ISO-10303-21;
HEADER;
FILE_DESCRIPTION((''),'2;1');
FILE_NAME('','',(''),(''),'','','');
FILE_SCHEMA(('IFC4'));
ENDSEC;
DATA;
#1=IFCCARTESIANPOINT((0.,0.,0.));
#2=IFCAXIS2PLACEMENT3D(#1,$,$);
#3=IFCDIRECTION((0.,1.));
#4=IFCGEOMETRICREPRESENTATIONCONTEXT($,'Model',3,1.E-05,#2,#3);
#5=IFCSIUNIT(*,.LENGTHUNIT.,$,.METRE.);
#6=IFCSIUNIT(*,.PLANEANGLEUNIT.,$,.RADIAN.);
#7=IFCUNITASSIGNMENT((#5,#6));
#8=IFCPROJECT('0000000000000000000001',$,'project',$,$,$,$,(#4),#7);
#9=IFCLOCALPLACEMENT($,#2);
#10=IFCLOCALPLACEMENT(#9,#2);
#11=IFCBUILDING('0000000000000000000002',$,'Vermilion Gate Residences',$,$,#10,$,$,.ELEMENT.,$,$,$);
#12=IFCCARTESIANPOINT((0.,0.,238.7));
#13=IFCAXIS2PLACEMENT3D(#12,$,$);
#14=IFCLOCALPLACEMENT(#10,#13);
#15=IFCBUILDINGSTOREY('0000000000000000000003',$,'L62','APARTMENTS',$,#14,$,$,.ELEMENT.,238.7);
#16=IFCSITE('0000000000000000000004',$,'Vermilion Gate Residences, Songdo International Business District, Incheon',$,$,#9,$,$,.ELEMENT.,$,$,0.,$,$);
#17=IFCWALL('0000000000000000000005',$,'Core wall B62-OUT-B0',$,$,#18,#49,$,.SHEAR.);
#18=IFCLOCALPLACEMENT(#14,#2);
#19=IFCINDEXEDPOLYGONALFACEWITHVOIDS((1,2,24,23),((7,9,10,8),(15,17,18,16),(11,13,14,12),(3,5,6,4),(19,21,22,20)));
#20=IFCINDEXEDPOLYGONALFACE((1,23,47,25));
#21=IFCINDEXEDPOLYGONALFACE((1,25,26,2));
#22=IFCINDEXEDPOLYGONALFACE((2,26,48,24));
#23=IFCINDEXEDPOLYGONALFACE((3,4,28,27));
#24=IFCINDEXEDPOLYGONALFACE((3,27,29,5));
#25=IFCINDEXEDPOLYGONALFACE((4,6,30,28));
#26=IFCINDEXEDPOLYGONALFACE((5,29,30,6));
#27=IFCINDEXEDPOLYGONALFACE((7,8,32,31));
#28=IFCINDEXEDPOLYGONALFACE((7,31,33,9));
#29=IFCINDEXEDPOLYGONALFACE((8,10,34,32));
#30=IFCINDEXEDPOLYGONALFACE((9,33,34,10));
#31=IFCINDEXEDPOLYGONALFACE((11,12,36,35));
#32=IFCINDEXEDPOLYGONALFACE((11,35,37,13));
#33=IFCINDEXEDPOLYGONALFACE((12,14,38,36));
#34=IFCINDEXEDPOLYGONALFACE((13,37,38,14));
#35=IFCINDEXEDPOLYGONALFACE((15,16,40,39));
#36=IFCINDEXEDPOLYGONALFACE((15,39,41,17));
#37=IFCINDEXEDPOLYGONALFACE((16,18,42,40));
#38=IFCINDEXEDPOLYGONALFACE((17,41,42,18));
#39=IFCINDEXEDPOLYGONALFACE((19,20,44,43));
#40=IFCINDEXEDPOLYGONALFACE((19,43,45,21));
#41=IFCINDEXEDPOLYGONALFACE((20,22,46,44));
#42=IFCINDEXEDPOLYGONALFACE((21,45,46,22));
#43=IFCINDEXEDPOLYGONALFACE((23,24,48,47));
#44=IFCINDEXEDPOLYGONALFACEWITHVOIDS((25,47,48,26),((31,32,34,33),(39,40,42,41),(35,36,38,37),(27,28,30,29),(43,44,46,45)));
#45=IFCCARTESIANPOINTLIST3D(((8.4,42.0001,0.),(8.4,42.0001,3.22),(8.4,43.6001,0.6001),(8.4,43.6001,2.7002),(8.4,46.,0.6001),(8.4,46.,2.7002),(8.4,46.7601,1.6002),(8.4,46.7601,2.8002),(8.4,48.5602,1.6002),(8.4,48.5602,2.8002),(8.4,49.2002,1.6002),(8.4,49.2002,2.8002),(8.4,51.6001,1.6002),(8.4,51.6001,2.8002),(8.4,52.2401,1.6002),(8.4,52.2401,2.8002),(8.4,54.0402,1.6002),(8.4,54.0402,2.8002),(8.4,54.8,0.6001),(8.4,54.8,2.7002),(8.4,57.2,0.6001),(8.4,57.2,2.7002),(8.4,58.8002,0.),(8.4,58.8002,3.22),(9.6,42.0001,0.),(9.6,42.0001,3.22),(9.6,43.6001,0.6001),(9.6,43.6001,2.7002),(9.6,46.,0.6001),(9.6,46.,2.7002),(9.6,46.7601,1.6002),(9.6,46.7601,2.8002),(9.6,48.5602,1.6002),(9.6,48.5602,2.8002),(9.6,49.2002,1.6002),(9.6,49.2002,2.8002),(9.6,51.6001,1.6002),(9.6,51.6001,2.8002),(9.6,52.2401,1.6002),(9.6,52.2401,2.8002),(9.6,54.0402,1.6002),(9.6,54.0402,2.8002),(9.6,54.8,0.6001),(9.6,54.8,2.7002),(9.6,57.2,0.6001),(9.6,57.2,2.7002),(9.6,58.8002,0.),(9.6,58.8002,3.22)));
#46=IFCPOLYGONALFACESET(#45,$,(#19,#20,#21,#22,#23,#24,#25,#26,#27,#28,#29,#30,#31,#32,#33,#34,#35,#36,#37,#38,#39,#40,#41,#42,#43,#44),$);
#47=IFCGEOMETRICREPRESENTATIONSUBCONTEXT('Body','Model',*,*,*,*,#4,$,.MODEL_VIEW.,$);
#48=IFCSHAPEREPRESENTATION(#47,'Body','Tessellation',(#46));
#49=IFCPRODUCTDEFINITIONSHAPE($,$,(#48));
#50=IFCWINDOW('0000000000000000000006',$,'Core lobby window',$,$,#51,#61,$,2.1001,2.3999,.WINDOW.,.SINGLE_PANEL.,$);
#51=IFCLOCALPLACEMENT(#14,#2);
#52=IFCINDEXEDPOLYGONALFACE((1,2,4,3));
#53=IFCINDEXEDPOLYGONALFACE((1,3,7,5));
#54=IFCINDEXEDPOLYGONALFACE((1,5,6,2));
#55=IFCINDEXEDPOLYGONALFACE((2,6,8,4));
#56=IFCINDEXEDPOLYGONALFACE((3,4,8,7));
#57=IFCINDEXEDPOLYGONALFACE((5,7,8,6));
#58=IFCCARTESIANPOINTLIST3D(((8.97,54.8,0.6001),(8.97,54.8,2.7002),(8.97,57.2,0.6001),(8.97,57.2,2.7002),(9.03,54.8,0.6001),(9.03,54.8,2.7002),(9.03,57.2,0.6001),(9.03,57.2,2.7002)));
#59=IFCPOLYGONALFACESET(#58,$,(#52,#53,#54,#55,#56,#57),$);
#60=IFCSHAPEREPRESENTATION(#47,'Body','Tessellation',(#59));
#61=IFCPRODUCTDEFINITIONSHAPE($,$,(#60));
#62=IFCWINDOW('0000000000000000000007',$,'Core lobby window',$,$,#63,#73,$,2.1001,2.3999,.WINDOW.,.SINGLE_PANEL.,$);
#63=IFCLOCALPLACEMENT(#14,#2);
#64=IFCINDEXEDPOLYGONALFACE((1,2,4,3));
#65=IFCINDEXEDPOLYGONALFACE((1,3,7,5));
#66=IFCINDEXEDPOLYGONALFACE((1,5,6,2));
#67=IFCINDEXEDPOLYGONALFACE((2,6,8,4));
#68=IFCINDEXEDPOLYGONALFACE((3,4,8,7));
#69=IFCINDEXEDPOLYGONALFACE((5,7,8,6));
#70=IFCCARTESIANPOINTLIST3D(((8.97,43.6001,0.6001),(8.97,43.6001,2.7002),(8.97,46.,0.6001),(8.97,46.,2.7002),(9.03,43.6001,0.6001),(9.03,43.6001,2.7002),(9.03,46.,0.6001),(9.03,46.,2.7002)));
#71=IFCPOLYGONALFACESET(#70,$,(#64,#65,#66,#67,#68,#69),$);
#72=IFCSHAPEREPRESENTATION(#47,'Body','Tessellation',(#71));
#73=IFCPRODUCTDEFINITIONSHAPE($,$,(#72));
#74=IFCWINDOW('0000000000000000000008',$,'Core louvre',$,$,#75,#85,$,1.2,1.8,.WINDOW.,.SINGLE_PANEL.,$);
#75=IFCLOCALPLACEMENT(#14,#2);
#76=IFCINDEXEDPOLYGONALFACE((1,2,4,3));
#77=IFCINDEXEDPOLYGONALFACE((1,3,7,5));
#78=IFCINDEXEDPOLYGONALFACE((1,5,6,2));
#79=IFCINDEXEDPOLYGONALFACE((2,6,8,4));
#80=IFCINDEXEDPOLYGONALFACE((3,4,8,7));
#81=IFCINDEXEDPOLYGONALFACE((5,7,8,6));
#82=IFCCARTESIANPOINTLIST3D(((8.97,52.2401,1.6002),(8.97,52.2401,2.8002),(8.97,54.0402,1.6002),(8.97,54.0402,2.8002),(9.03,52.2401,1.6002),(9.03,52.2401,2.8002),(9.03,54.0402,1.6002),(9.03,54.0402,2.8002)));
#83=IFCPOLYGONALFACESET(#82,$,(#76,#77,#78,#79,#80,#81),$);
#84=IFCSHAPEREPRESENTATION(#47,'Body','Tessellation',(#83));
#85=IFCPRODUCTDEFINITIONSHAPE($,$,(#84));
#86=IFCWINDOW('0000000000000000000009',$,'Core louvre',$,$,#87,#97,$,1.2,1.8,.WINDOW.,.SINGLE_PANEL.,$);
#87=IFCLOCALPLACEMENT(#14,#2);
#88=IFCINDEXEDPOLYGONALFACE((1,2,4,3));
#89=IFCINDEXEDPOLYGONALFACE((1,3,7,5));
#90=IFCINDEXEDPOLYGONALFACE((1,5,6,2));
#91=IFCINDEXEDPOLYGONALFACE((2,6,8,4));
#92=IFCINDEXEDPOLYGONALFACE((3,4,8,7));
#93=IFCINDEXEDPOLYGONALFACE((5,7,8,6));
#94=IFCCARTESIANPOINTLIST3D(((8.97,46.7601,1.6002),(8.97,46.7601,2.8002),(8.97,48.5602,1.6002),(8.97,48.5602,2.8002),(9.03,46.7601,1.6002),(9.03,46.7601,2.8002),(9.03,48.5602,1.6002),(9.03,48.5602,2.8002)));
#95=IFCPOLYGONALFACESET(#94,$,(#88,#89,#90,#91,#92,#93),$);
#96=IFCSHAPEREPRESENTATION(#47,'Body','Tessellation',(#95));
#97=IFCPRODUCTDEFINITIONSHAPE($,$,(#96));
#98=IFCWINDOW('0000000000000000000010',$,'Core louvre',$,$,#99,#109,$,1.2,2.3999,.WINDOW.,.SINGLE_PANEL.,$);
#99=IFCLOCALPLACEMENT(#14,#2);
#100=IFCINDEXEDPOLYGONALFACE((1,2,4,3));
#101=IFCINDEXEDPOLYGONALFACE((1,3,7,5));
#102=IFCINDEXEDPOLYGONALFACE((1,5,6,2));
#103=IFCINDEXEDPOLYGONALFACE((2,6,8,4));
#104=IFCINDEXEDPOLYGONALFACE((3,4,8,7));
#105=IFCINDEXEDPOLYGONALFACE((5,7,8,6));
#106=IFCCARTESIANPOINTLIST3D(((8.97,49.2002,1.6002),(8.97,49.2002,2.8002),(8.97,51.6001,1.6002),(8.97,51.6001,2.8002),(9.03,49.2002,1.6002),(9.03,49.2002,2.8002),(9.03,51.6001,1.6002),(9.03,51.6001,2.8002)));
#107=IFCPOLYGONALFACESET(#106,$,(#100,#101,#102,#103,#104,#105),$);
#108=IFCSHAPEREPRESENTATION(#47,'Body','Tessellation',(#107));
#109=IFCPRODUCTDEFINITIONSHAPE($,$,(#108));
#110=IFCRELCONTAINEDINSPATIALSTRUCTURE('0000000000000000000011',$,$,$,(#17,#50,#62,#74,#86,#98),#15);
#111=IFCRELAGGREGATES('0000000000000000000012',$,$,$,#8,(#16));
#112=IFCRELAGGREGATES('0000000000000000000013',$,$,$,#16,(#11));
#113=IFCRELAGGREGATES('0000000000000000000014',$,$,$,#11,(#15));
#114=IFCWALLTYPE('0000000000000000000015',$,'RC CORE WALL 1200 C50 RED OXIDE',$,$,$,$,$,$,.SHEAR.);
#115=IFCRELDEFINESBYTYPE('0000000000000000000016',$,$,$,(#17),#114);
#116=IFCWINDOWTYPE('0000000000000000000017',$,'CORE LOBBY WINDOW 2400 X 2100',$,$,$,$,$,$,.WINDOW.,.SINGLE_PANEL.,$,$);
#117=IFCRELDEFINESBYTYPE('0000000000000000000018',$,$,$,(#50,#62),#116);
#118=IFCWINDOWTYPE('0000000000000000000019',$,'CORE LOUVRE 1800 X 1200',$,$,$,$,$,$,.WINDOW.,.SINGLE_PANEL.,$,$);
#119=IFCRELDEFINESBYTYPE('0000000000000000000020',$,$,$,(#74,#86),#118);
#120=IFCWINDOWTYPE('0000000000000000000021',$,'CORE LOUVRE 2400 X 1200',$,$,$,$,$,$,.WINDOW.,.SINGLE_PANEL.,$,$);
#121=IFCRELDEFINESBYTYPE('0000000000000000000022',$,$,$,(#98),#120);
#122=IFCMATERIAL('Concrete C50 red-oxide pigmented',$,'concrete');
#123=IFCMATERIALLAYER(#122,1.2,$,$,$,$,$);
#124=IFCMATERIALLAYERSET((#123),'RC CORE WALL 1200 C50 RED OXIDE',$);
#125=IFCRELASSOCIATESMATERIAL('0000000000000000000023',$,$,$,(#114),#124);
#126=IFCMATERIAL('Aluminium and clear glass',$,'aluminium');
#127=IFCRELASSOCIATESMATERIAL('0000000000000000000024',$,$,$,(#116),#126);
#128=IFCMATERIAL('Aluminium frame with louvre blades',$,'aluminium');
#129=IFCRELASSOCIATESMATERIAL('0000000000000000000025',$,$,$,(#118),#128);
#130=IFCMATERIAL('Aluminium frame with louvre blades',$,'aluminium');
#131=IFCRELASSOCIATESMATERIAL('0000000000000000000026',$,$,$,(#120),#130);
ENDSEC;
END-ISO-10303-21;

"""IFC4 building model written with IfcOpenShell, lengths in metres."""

from ifc_helpers import new_model, si_unit, direction, frame, frame_2d, origin, place, context, subcontext, project, spatial, rectangle, extrude, material, layer, layer_set, type_object, element, fill, save


model = new_model("IFC4")

# Units and contexts
model_context = context("Model", 3, precision=1e-05, world=origin(), true_north=direction((0.0, 1.0)))
body_context = subcontext(model_context, "Body", "Model", "MODEL_VIEW")
ifc_project = project(units=[si_unit("LENGTHUNIT", "METRE"), si_unit("PLANEANGLEUNIT", "RADIAN")], contexts=[model_context])

# Site, building, storey
site_placement = place(None, origin())
site = spatial("IfcSite", under=ifc_project, at=site_placement, Name="Vermilion Gate Residences, Songdo International Business District, Incheon", CompositionType="ELEMENT", RefElevation=0.0)
building_placement = place(site_placement, origin())
building = spatial("IfcBuilding", under=site, at=building_placement, Name="Vermilion Gate Residences", CompositionType="ELEMENT")
storey_placement = place(building_placement, frame((0.0, 0.0, 238.7)))
storey = spatial("IfcBuildingStorey", under=building, at=storey_placement, Name="L62", Description="APARTMENTS", CompositionType="ELEMENT", Elevation=238.7)

# Wall, openings, windows
ifc_material_1 = material(Name="Concrete C50 red-oxide pigmented", Category="concrete")
ifc_layer_1 = layer(ifc_material_1, 1.2)
ifc_layer_set_1 = layer_set([ifc_layer_1], Name="RC CORE WALL 1200 C50 RED OXIDE")
wall_type_1 = type_object("IfcWallType", Name="RC CORE WALL 1200 C50 RED OXIDE", PredefinedType="SHEAR", material=ifc_layer_set_1)
wall_1_placement = place(storey_placement, frame((9.0, 58.8, 0.0), z_axis=(0.0, 0.0, 1.0), x_axis=(0.0, -1.0, 0.0)))
wall_1 = element("IfcWall", 1, at=wall_1_placement, inside=storey, type_object=wall_type_1, Name="Core wall B62-OUT-B0", PredefinedType="SHEAR", context=body_context, shape_type="SweptSolid", body=[
    extrude(rectangle(XDim=16.8, YDim=1.2, at=frame_2d((8.3999, 0.0))), origin(), (0.0, 0.0, 1.0), 3.22),
])
opening_1_placement = place(wall_1_placement, frame((1.6001, 0.0, 0.6001)))
opening_1 = element("IfcOpeningElement", 2, at=opening_1_placement, cuts=wall_1, PredefinedType="OPENING", context=body_context, shape_type="SweptSolid", body=[
    extrude(rectangle(XDim=2.3999, YDim=2.1001, at=frame_2d((1.2, 1.05))), frame((0.0, 0.6099, 0.0), z_axis=(0.0, -1.0, 0.0), x_axis=(1.0, 0.0, 0.0)), (0.0, 0.0, 1.0), 1.22),
])
opening_2_placement = place(wall_1_placement, frame((4.76, 0.0, 1.6001)))
opening_2 = element("IfcOpeningElement", 3, at=opening_2_placement, cuts=wall_1, PredefinedType="OPENING", context=body_context, shape_type="SweptSolid", body=[
    extrude(rectangle(XDim=1.8, YDim=1.2, at=frame_2d((0.8999, 0.6001))), frame((0.0, 0.6099, 0.0), z_axis=(0.0, -1.0, 0.0), x_axis=(1.0, 0.0, 0.0)), (0.0, 0.0, 1.0), 1.22),
])
opening_3_placement = place(wall_1_placement, frame((7.2, 0.0, 1.6001)))
opening_3 = element("IfcOpeningElement", 4, at=opening_3_placement, cuts=wall_1, PredefinedType="OPENING", context=body_context, shape_type="SweptSolid", body=[
    extrude(rectangle(XDim=2.3999, YDim=1.2, at=frame_2d((1.2, 0.6001))), frame((0.0, 0.6099, 0.0), z_axis=(0.0, -1.0, 0.0), x_axis=(1.0, 0.0, 0.0)), (0.0, 0.0, 1.0), 1.22),
])
opening_4_placement = place(wall_1_placement, frame((10.24, 0.0, 1.6001)))
opening_4 = element("IfcOpeningElement", 5, at=opening_4_placement, cuts=wall_1, PredefinedType="OPENING", context=body_context, shape_type="SweptSolid", body=[
    extrude(rectangle(XDim=1.8, YDim=1.2, at=frame_2d((0.8999, 0.6001))), frame((0.0, 0.6099, 0.0), z_axis=(0.0, -1.0, 0.0), x_axis=(1.0, 0.0, 0.0)), (0.0, 0.0, 1.0), 1.22),
])
opening_5_placement = place(wall_1_placement, frame((12.8, 0.0, 0.6001)))
opening_5 = element("IfcOpeningElement", 6, at=opening_5_placement, cuts=wall_1, PredefinedType="OPENING", context=body_context, shape_type="SweptSolid", body=[
    extrude(rectangle(XDim=2.3999, YDim=2.1001, at=frame_2d((1.2, 1.05))), frame((0.0, 0.6099, 0.0), z_axis=(0.0, -1.0, 0.0), x_axis=(1.0, 0.0, 0.0)), (0.0, 0.0, 1.0), 1.22),
])
ifc_material_2 = material(Name="Aluminium and clear glass", Category="aluminium")
window_type_1 = type_object("IfcWindowType", Name="CORE LOBBY WINDOW 2400 X 2100", PartitioningType="SINGLE_PANEL", PredefinedType="WINDOW", material=ifc_material_2)
window_1_placement = place(opening_1_placement, origin())
window_1 = element("IfcWindow", 7, at=window_1_placement, inside=storey, type_object=window_type_1, Name="Core lobby window", OverallHeight=2.1001, OverallWidth=2.3999, PartitioningType="SINGLE_PANEL", PredefinedType="WINDOW", context=body_context, shape_type="SweptSolid", body=[
    extrude(rectangle(XDim=2.3999, YDim=2.1001, at=frame_2d((1.2, 1.05))), frame((0.0, 0.03, 0.0), z_axis=(0.0, -1.0, 0.0), x_axis=(1.0, 0.0, 0.0)), (0.0, 0.0, 1.0), 0.0601),
])
fill(opening_1, window_1)
window_2_placement = place(opening_5_placement, origin())
window_2 = element("IfcWindow", 8, at=window_2_placement, inside=storey, type_object=window_type_1, Name="Core lobby window", OverallHeight=2.1001, OverallWidth=2.3999, PartitioningType="SINGLE_PANEL", PredefinedType="WINDOW", context=body_context, shape_type="SweptSolid", body=[
    extrude(rectangle(XDim=2.3999, YDim=2.1001, at=frame_2d((1.2, 1.05))), frame((0.0, 0.03, 0.0), z_axis=(0.0, -1.0, 0.0), x_axis=(1.0, 0.0, 0.0)), (0.0, 0.0, 1.0), 0.0601),
])
fill(opening_5, window_2)
ifc_material_3 = material(Name="Aluminium frame with louvre blades", Category="aluminium")
window_type_2 = type_object("IfcWindowType", Name="CORE LOUVRE 1800 X 1200", PartitioningType="SINGLE_PANEL", PredefinedType="WINDOW", material=ifc_material_3)
window_3_placement = place(opening_2_placement, origin())
window_3 = element("IfcWindow", 9, at=window_3_placement, inside=storey, type_object=window_type_2, Name="Core louvre", OverallHeight=1.2, OverallWidth=1.8, PartitioningType="SINGLE_PANEL", PredefinedType="WINDOW", context=body_context, shape_type="SweptSolid", body=[
    extrude(rectangle(XDim=1.8, YDim=1.2, at=frame_2d((0.8999, 0.6001))), frame((0.0, 0.03, 0.0), z_axis=(0.0, -1.0, 0.0), x_axis=(1.0, 0.0, 0.0)), (0.0, 0.0, 1.0), 0.0601),
])
fill(opening_2, window_3)
window_4_placement = place(opening_4_placement, origin())
window_4 = element("IfcWindow", 10, at=window_4_placement, inside=storey, type_object=window_type_2, Name="Core louvre", OverallHeight=1.2, OverallWidth=1.8, PartitioningType="SINGLE_PANEL", PredefinedType="WINDOW", context=body_context, shape_type="SweptSolid", body=[
    extrude(rectangle(XDim=1.8, YDim=1.2, at=frame_2d((0.8999, 0.6001))), frame((0.0, 0.03, 0.0), z_axis=(0.0, -1.0, 0.0), x_axis=(1.0, 0.0, 0.0)), (0.0, 0.0, 1.0), 0.0601),
])
fill(opening_4, window_4)
ifc_material_4 = material(Name="Aluminium frame with louvre blades", Category="aluminium")
window_type_3 = type_object("IfcWindowType", Name="CORE LOUVRE 2400 X 1200", PartitioningType="SINGLE_PANEL", PredefinedType="WINDOW", material=ifc_material_4)
window_5_placement = place(opening_3_placement, origin())
window_5 = element("IfcWindow", 11, at=window_5_placement, inside=storey, type_object=window_type_3, Name="Core louvre", OverallHeight=1.2, OverallWidth=2.3999, PartitioningType="SINGLE_PANEL", PredefinedType="WINDOW", context=body_context, shape_type="SweptSolid", body=[
    extrude(rectangle(XDim=2.3999, YDim=1.2, at=frame_2d((1.2, 0.6001))), frame((0.0, 0.03, 0.0), z_axis=(0.0, -1.0, 0.0), x_axis=(1.0, 0.0, 0.0)), (0.0, 0.0, 1.0), 0.0601),
])
fill(opening_3, window_5)

save(model, "model.ifc")
